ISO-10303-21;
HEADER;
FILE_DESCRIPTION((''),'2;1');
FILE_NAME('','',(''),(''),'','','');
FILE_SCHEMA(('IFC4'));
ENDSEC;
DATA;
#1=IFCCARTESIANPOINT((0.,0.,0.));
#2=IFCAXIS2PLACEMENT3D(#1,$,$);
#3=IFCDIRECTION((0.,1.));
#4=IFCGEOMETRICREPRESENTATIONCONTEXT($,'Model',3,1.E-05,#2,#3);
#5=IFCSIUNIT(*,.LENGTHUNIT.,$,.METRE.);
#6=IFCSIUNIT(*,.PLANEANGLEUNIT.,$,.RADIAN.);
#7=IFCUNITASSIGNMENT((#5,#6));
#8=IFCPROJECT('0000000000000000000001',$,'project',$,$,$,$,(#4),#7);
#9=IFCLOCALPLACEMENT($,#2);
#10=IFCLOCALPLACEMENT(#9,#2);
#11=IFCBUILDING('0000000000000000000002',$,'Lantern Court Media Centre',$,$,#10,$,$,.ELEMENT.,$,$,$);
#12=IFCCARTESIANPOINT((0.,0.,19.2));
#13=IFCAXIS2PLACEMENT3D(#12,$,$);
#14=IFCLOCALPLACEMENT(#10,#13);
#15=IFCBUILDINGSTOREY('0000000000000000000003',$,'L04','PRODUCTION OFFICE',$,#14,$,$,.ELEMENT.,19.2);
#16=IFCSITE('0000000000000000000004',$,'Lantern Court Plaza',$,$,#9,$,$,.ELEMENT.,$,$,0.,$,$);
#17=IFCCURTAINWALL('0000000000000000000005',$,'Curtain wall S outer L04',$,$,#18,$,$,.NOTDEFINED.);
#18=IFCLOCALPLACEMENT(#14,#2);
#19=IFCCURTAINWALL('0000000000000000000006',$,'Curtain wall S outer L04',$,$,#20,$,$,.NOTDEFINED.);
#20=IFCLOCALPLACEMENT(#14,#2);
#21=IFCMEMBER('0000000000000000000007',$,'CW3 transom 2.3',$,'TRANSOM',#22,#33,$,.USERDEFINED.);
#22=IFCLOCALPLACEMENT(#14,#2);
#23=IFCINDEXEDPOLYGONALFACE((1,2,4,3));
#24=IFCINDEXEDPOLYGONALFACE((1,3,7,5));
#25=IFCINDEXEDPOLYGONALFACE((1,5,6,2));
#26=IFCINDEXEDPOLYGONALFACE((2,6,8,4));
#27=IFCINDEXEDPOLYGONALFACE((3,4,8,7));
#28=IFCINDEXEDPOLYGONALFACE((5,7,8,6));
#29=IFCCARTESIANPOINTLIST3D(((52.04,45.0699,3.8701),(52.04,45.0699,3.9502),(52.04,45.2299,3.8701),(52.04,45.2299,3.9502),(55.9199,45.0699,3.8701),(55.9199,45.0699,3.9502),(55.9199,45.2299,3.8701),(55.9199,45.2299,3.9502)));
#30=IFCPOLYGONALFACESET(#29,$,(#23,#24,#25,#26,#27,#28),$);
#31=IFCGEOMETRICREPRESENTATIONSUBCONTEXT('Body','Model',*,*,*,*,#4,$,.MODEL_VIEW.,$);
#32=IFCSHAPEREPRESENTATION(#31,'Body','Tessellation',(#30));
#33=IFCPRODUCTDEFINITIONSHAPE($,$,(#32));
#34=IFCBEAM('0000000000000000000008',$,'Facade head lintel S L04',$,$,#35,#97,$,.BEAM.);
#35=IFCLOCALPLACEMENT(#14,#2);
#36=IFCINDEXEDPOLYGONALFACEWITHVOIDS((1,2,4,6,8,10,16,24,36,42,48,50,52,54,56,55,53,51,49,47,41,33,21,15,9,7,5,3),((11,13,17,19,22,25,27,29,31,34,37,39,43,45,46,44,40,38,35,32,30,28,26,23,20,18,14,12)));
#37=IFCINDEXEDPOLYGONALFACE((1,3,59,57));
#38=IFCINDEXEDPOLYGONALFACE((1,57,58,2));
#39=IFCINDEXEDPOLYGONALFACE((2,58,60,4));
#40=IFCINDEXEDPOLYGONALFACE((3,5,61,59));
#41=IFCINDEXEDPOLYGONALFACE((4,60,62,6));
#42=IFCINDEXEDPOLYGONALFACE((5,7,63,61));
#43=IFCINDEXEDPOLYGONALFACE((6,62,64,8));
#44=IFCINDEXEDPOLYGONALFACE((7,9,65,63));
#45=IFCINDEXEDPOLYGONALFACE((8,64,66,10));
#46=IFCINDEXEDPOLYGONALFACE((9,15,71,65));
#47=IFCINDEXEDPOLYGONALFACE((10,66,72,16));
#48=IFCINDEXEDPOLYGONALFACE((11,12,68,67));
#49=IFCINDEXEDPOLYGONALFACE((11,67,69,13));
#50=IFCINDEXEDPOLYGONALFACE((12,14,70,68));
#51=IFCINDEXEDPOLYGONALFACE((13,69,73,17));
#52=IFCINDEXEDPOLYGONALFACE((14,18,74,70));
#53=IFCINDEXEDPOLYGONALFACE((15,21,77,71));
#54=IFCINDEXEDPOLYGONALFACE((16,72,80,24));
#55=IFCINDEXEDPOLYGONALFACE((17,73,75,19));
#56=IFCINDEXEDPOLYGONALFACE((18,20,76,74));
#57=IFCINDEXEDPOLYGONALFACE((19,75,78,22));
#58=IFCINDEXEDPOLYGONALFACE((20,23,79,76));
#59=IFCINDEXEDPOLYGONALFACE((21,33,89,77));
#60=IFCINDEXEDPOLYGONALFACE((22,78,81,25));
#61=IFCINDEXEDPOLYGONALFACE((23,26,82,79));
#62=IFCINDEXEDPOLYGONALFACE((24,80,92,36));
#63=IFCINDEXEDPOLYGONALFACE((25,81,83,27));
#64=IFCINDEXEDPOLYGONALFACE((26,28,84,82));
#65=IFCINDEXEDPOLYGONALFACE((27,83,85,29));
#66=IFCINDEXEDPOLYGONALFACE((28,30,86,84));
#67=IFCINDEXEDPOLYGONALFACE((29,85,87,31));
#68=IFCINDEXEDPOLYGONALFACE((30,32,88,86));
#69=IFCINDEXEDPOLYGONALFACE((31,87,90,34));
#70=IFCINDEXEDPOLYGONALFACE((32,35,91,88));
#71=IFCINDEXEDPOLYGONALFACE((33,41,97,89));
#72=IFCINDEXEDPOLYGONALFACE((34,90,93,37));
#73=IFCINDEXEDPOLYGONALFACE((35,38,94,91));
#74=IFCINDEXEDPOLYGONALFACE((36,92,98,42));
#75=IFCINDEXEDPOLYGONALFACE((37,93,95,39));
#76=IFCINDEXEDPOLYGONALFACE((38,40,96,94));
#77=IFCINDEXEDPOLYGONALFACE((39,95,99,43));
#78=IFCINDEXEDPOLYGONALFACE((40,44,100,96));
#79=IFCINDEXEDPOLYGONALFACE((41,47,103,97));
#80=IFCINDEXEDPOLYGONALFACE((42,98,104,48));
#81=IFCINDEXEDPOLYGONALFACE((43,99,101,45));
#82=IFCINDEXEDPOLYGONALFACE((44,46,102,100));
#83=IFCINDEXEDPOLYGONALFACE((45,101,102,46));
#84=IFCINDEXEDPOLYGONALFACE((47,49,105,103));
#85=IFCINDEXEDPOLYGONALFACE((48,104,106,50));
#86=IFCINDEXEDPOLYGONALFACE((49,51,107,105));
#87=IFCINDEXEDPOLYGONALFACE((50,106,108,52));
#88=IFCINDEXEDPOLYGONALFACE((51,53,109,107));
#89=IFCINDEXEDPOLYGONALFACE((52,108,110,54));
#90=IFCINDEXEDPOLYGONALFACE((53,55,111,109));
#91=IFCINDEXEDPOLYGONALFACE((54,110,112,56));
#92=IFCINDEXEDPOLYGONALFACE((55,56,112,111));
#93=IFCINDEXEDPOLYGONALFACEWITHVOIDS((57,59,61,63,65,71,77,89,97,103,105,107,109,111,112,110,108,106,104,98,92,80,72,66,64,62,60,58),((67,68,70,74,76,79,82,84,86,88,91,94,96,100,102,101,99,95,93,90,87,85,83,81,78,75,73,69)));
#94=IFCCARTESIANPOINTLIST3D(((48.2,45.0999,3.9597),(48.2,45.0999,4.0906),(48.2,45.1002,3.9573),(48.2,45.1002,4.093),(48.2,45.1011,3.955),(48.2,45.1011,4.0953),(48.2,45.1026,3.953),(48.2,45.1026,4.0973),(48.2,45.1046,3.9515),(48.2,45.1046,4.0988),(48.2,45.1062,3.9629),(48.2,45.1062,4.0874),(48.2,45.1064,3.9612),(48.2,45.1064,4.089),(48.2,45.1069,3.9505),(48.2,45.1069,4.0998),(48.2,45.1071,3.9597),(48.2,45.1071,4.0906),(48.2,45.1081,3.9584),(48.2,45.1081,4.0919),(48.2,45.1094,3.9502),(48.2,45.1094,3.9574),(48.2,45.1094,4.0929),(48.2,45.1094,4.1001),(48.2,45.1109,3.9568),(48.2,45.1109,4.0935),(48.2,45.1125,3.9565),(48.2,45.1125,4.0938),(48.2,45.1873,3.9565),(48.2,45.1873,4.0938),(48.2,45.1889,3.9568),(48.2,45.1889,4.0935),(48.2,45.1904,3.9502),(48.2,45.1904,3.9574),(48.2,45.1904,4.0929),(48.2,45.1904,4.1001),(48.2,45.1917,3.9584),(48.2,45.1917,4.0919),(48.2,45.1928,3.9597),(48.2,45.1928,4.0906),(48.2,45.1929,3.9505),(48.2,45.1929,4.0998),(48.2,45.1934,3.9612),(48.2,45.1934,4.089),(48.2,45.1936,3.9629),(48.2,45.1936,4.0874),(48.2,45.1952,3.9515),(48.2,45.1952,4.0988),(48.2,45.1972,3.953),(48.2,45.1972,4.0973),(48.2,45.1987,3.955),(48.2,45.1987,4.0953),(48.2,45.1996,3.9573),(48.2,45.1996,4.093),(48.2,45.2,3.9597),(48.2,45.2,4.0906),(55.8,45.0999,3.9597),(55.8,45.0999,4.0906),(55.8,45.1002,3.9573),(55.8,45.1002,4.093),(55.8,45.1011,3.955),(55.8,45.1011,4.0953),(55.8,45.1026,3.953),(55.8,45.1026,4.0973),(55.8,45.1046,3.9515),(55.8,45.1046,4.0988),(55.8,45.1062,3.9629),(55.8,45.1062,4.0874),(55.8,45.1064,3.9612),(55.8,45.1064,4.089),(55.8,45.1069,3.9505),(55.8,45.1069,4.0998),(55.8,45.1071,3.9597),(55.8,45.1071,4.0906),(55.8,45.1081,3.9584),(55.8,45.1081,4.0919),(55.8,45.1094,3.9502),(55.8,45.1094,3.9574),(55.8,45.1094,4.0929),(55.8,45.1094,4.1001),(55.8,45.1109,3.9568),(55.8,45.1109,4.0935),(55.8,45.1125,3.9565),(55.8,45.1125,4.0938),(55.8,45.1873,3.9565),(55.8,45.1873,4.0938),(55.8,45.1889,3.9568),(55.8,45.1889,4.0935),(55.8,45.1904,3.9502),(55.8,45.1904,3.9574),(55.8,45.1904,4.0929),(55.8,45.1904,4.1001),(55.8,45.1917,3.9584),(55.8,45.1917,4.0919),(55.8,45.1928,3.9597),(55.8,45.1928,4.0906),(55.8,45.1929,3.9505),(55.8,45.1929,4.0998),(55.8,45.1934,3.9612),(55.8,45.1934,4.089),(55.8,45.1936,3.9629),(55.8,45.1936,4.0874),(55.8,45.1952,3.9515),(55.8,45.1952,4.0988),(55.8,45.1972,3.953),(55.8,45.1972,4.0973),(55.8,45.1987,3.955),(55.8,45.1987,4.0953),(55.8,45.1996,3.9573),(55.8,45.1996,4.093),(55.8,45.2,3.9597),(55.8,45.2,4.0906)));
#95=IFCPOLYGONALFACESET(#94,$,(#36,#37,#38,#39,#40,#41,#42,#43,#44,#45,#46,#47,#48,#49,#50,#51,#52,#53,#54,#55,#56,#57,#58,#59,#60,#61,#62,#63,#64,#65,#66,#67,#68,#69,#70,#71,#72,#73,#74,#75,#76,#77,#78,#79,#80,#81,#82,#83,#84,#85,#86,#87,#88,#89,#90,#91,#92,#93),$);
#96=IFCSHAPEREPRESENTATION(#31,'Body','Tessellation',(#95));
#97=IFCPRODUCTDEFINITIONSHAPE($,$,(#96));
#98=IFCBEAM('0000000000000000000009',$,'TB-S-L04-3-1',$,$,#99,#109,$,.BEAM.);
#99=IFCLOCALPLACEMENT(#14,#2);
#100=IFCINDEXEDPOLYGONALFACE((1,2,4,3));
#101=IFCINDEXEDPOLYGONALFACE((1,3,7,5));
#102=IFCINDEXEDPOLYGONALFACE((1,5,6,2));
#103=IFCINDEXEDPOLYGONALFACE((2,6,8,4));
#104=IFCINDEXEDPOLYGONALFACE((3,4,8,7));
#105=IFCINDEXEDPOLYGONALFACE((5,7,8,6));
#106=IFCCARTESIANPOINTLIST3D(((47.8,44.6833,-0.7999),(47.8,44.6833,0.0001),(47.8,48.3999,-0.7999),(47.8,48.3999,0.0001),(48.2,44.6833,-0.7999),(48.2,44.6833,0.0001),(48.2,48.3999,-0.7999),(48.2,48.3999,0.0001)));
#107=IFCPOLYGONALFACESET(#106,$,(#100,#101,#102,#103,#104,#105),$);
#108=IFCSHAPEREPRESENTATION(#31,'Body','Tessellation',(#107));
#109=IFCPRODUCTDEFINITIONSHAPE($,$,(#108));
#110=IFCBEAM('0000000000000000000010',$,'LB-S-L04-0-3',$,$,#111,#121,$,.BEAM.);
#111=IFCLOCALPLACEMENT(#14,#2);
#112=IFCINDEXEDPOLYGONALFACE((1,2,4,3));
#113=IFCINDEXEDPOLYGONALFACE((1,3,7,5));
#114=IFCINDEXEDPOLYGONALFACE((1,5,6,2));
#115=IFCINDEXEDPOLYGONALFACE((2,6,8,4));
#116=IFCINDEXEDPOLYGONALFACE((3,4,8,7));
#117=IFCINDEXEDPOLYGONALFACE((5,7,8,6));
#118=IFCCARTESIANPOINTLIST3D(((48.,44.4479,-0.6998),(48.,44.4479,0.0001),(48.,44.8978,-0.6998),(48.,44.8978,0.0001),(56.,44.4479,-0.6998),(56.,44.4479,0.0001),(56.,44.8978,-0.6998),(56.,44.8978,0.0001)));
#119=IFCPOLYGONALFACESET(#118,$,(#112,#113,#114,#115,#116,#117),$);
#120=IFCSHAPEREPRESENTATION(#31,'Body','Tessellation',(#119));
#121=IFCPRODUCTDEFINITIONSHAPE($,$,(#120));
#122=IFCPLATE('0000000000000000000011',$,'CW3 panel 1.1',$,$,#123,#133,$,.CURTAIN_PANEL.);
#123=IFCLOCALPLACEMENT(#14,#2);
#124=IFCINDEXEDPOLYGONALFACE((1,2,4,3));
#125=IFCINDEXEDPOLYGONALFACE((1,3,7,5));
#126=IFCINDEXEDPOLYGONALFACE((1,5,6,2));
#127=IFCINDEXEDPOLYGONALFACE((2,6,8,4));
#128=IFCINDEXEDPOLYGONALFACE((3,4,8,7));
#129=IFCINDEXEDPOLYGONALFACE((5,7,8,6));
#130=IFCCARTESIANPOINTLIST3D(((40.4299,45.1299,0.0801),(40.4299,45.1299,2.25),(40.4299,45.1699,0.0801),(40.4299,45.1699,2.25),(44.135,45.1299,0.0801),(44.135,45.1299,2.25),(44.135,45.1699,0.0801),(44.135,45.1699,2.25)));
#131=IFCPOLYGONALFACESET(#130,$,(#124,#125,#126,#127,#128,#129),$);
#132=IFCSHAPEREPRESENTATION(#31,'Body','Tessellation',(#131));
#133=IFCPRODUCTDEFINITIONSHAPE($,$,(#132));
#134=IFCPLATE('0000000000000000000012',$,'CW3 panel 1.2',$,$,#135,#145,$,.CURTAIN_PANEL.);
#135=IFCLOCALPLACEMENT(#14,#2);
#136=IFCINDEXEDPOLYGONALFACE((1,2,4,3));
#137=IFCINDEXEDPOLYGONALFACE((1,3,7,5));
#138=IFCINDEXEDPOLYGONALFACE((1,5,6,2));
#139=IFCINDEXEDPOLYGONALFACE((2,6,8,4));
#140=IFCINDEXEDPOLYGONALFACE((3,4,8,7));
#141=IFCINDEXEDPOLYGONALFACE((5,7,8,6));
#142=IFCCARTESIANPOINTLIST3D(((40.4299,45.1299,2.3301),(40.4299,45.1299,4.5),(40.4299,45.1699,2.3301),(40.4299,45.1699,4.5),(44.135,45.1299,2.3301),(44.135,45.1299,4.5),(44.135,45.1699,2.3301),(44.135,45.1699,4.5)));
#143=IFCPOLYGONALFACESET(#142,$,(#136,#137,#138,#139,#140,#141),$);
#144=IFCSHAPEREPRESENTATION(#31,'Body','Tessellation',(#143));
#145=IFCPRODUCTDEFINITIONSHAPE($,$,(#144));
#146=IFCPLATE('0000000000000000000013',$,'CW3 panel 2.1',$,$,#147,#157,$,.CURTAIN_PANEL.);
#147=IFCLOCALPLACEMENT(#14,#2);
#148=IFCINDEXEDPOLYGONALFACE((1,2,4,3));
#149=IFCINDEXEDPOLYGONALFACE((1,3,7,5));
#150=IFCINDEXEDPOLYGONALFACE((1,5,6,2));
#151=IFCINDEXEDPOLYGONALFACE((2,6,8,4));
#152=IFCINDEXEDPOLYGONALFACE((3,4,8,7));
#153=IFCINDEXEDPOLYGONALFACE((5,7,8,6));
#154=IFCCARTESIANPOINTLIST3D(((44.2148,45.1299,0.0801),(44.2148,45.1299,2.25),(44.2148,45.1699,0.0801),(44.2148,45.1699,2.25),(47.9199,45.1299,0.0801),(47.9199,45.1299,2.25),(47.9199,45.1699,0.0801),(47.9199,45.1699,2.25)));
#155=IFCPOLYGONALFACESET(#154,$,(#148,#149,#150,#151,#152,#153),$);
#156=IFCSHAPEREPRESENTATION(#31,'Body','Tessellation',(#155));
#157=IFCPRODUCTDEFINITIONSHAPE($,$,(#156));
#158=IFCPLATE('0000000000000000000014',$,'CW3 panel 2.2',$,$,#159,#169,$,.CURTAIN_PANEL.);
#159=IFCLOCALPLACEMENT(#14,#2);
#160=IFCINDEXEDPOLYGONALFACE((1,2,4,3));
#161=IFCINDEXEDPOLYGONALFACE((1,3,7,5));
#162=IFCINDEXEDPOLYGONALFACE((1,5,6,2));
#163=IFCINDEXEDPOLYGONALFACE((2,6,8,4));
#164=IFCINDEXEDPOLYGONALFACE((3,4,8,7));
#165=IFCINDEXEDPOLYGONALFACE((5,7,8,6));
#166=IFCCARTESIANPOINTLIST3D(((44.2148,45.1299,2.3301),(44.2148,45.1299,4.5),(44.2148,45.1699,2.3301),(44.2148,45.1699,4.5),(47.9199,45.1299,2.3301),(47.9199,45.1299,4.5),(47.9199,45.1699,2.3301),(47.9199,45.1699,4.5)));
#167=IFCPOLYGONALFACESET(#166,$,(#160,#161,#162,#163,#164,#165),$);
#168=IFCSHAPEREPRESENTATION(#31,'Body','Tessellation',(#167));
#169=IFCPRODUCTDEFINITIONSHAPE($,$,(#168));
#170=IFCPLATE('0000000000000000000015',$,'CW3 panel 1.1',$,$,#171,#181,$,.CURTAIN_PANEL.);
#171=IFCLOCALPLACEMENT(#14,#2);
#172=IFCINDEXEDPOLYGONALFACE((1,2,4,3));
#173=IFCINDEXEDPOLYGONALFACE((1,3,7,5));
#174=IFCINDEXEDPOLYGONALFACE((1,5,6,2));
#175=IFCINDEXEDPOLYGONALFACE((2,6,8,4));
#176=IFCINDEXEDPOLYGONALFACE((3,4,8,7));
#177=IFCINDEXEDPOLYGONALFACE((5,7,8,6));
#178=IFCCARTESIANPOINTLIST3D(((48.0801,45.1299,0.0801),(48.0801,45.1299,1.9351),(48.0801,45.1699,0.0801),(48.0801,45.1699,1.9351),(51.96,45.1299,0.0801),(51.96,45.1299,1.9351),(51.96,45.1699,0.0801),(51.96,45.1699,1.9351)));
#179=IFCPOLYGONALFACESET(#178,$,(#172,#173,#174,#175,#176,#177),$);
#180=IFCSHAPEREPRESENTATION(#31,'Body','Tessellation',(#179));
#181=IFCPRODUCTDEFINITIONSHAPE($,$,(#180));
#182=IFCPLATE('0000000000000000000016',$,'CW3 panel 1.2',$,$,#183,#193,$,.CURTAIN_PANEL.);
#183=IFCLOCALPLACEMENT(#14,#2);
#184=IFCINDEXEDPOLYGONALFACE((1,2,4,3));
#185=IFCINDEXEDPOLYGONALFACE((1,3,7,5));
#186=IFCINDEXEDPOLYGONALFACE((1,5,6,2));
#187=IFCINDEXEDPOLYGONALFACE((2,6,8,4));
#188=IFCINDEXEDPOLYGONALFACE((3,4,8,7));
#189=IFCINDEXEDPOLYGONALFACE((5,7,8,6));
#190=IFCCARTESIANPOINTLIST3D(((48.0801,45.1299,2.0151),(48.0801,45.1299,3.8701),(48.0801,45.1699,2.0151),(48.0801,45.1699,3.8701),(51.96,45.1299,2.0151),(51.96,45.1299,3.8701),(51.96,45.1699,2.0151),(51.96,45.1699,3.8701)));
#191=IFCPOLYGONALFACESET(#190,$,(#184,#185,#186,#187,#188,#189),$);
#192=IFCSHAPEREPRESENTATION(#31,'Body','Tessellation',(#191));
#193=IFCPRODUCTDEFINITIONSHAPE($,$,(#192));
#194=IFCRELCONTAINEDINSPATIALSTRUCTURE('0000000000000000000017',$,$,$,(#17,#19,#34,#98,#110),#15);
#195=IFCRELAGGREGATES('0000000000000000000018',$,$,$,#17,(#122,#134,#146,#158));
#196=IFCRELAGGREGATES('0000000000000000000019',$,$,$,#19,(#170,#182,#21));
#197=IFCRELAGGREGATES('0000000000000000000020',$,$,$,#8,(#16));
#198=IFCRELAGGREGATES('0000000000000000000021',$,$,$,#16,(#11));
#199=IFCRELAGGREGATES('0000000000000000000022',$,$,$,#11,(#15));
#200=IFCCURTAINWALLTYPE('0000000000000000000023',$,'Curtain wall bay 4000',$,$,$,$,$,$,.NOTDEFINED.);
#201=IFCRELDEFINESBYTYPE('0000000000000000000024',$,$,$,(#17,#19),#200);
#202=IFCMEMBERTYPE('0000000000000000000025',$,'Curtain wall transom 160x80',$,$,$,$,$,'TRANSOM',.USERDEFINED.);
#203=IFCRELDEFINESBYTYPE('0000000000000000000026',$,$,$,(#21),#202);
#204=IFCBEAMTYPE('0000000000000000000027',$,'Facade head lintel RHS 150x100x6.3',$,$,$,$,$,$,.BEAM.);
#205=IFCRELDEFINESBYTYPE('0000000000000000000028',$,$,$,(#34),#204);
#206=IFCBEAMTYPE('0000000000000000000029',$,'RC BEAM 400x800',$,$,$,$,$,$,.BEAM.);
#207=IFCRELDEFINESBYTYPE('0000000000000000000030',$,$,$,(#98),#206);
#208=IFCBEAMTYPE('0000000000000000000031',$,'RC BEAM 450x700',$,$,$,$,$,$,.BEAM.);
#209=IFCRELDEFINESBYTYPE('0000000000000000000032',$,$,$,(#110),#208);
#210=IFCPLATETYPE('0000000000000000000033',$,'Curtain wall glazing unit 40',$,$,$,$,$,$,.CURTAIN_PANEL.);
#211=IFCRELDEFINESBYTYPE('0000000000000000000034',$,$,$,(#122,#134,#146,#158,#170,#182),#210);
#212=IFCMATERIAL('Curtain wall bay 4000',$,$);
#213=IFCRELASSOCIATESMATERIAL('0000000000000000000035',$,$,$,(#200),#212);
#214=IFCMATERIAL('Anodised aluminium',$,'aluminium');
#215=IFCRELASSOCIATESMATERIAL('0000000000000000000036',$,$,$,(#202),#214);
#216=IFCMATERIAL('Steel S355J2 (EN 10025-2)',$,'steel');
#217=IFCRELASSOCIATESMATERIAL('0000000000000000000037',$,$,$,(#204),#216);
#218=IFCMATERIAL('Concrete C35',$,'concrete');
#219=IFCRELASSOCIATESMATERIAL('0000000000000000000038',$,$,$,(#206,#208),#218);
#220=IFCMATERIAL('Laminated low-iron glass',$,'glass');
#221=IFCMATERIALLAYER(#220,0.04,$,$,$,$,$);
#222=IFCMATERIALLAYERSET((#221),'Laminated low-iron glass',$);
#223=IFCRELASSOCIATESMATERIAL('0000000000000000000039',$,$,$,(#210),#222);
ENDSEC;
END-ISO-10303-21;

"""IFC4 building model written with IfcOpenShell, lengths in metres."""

from ifc_helpers import new_model, si_unit, direction, frame, origin, origin_2d, place, context, subcontext, project, spatial, rectangle, hollow_rectangle, extrude, material, layer, layer_set, material_profile, profile_set, type_object, element, aggregate, save


model = new_model("IFC4")

# Units and contexts
model_context = context("Model", 3, precision=1e-05, world=origin(), true_north=direction((0.0, 1.0)))
body_context = subcontext(model_context, "Body", "Model", "MODEL_VIEW")
ifc_project = project(units=[si_unit("LENGTHUNIT", "METRE"), si_unit("PLANEANGLEUNIT", "RADIAN")], contexts=[model_context])

# Site, building, storey
site_placement = place(None, origin())
site = spatial("IfcSite", under=ifc_project, at=site_placement, Name="Lantern Court Plaza", CompositionType="ELEMENT", RefElevation=0.0)
building_placement = place(site_placement, origin())
building = spatial("IfcBuilding", under=site, at=building_placement, Name="Lantern Court Media Centre", CompositionType="ELEMENT")
storey_placement = place(building_placement, frame((0.0, 0.0, 19.2)))
storey = spatial("IfcBuildingStorey", under=building, at=storey_placement, Name="L04", Description="PRODUCTION OFFICE", CompositionType="ELEMENT", Elevation=19.2)

# Shared definitions
ifc_material_1 = material(Name="Concrete C35", Category="concrete")

# Curtain walls
ifc_material_2 = material(Name="Curtain wall bay 4000")
curtain_wall_type = type_object("IfcCurtainWallType", Name="Curtain wall bay 4000", PredefinedType="NOTDEFINED", material=ifc_material_2)
curtain_wall_1_placement = place(storey_placement, origin())
curtain_wall_1 = element("IfcCurtainWall", 1, at=curtain_wall_1_placement, inside=storey, type_object=curtain_wall_type, Name="Curtain wall S outer L04", PredefinedType="NOTDEFINED")
ifc_material_3 = material(Name="Anodised aluminium", Category="aluminium")
curtain_wall_2_placement = place(storey_placement, origin())
curtain_wall_2 = element("IfcCurtainWall", 2, at=curtain_wall_2_placement, inside=storey, type_object=curtain_wall_type, Name="Curtain wall S outer L04", PredefinedType="NOTDEFINED")

# Member
ifc_material_profile_1 = material_profile(ifc_material_3, rectangle(XDim=0.1599, YDim=0.0801, at=origin_2d()), Name="AL 80x160")
ifc_profile_set_1 = profile_set([ifc_material_profile_1], Name="Anodised aluminium")
member_type_1 = type_object("IfcMemberType", Name="Curtain wall transom 160x80", ElementType="TRANSOM", PredefinedType="USERDEFINED", material=ifc_profile_set_1)
member_1_placement = place(storey_placement, frame((52.04, 45.1499, 3.9102), z_axis=(1.0, 0.0, 0.0), x_axis=(0.0, 1.0, 0.0)))
member_1 = element("IfcMember", 3, at=member_1_placement, type_object=member_type_1, Name="CW3 transom 2.3", ObjectType="TRANSOM", PredefinedType="USERDEFINED", context=body_context, shape_type="SweptSolid", body=[
    extrude(rectangle(XDim=0.1599, YDim=0.0801, at=origin_2d()), origin(), (0.0, 0.0, 1.0), 3.8799),
])

# Beams
ifc_material_4 = material(Name="Steel S355J2 (EN 10025-2)", Category="steel")
ifc_material_profile_2 = material_profile(ifc_material_4, hollow_rectangle(XDim=0.1001, YDim=0.1499, WallThickness=0.0063, InnerFilletRadius=0.0063, OuterFilletRadius=0.0095, at=origin_2d()), Name="Facade head lintel RHS 150x100x6.3")
ifc_profile_set_2 = profile_set([ifc_material_profile_2], Name="Steel S355J2 (EN 10025-2)")
beam_type_1 = type_object("IfcBeamType", Name="Facade head lintel RHS 150x100x6.3", PredefinedType="BEAM", material=ifc_profile_set_2)
beam_1_placement = place(storey_placement, frame((48.2, 45.1499, 4.0251), z_axis=(1.0, 0.0, 0.0), x_axis=(0.0, 1.0, 0.0)))
element("IfcBeam", 4, at=beam_1_placement, inside=storey, type_object=beam_type_1, Name="Facade head lintel S L04", PredefinedType="BEAM", context=body_context, shape_type="SweptSolid", body=[
    extrude(hollow_rectangle(XDim=0.1001, YDim=0.1499, WallThickness=0.0063, InnerFilletRadius=0.0063, OuterFilletRadius=0.0095, at=origin_2d()), origin(), (0.0, 0.0, 1.0), 7.6001),
])
ifc_material_profile_3 = material_profile(ifc_material_1, rectangle(XDim=0.3999, YDim=0.8, at=origin_2d()), Name="RC 400x800")
ifc_profile_set_3 = profile_set([ifc_material_profile_3], Name="Concrete C35")
beam_type_2 = type_object("IfcBeamType", Name="RC BEAM 400x800", PredefinedType="BEAM", material=ifc_profile_set_3)
beam_2_placement = place(storey_placement, frame((48.0, 44.6833, -0.3999), z_axis=(0.0, 1.0, 0.0), x_axis=(-1.0, 0.0, 0.0)))
element("IfcBeam", 5, at=beam_2_placement, inside=storey, type_object=beam_type_2, Name="TB-S-L04-3-1", PredefinedType="BEAM", context=body_context, shape_type="SweptSolid", body=[
    extrude(rectangle(XDim=0.3999, YDim=0.8, at=origin_2d()), origin(), (0.0, 0.0, 1.0), 3.7166),
])
ifc_material_profile_4 = material_profile(ifc_material_1, rectangle(XDim=0.45, YDim=0.7, at=origin_2d()), Name="RC 450x700")
ifc_profile_set_4 = profile_set([ifc_material_profile_4], Name="Concrete C35")
beam_type_3 = type_object("IfcBeamType", Name="RC BEAM 450x700", PredefinedType="BEAM", material=ifc_profile_set_4)
beam_3_placement = place(storey_placement, frame((48.0, 44.6729, -0.3499), z_axis=(1.0, 0.0, 0.0), x_axis=(0.0, 1.0, 0.0)))
element("IfcBeam", 6, at=beam_3_placement, inside=storey, type_object=beam_type_3, Name="LB-S-L04-0-3", PredefinedType="BEAM", context=body_context, shape_type="SweptSolid", body=[
    extrude(rectangle(XDim=0.45, YDim=0.7, at=origin_2d()), origin(), (0.0, 0.0, 1.0), 8.0),
])

# Plates
ifc_material_5 = material(Name="Laminated low-iron glass", Category="glass")
ifc_layer_1 = layer(ifc_material_5, 0.04)
ifc_layer_set_1 = layer_set([ifc_layer_1], Name="Laminated low-iron glass")
plate_type = type_object("IfcPlateType", Name="Curtain wall glazing unit 40", PredefinedType="CURTAIN_PANEL", material=ifc_layer_set_1)
plate_1_placement = place(storey_placement, frame((42.2825, 45.1499, 0.0801), z_axis=(0.0, 0.0, 1.0), x_axis=(1.0, 0.0, 0.0)))
plate_1 = element("IfcPlate", 7, at=plate_1_placement, type_object=plate_type, Name="CW3 panel 1.1", PredefinedType="CURTAIN_PANEL", context=body_context, shape_type="SweptSolid", body=[
    extrude(rectangle(XDim=3.7051, YDim=0.04, at=origin_2d()), origin(), (0.0, 0.0, 1.0), 2.1699),
])
plate_2_placement = place(storey_placement, frame((42.2825, 45.1499, 2.3301), z_axis=(0.0, 0.0, 1.0), x_axis=(1.0, 0.0, 0.0)))
plate_2 = element("IfcPlate", 8, at=plate_2_placement, type_object=plate_type, Name="CW3 panel 1.2", PredefinedType="CURTAIN_PANEL", context=body_context, shape_type="SweptSolid", body=[
    extrude(rectangle(XDim=3.7051, YDim=0.04, at=origin_2d()), origin(), (0.0, 0.0, 1.0), 2.1699),
])
plate_3_placement = place(storey_placement, frame((46.0674, 45.1499, 0.0801), z_axis=(0.0, 0.0, 1.0), x_axis=(1.0, 0.0, 0.0)))
plate_3 = element("IfcPlate", 9, at=plate_3_placement, type_object=plate_type, Name="CW3 panel 2.1", PredefinedType="CURTAIN_PANEL", context=body_context, shape_type="SweptSolid", body=[
    extrude(rectangle(XDim=3.7051, YDim=0.04, at=origin_2d()), origin(), (0.0, 0.0, 1.0), 2.1699),
])
plate_4_placement = place(storey_placement, frame((46.0674, 45.1499, 2.3301), z_axis=(0.0, 0.0, 1.0), x_axis=(1.0, 0.0, 0.0)))
plate_4 = element("IfcPlate", 10, at=plate_4_placement, type_object=plate_type, Name="CW3 panel 2.2", PredefinedType="CURTAIN_PANEL", context=body_context, shape_type="SweptSolid", body=[
    extrude(rectangle(XDim=3.7051, YDim=0.04, at=origin_2d()), origin(), (0.0, 0.0, 1.0), 2.1699),
])
aggregate(curtain_wall_1, [plate_1, plate_2, plate_3, plate_4])
plate_5_placement = place(storey_placement, frame((50.02, 45.1499, 0.0801), z_axis=(0.0, 0.0, 1.0), x_axis=(1.0, 0.0, 0.0)))
plate_5 = element("IfcPlate", 11, at=plate_5_placement, type_object=plate_type, Name="CW3 panel 1.1", PredefinedType="CURTAIN_PANEL", context=body_context, shape_type="SweptSolid", body=[
    extrude(rectangle(XDim=3.8799, YDim=0.04, at=origin_2d()), origin(), (0.0, 0.0, 1.0), 1.855),
])
plate_6_placement = place(storey_placement, frame((50.02, 45.1499, 2.0151), z_axis=(0.0, 0.0, 1.0), x_axis=(1.0, 0.0, 0.0)))
plate_6 = element("IfcPlate", 12, at=plate_6_placement, type_object=plate_type, Name="CW3 panel 1.2", PredefinedType="CURTAIN_PANEL", context=body_context, shape_type="SweptSolid", body=[
    extrude(rectangle(XDim=3.8799, YDim=0.04, at=origin_2d()), origin(), (0.0, 0.0, 1.0), 1.855),
])
aggregate(curtain_wall_2, [plate_5, plate_6, member_1])

save(model, "model.ifc")
